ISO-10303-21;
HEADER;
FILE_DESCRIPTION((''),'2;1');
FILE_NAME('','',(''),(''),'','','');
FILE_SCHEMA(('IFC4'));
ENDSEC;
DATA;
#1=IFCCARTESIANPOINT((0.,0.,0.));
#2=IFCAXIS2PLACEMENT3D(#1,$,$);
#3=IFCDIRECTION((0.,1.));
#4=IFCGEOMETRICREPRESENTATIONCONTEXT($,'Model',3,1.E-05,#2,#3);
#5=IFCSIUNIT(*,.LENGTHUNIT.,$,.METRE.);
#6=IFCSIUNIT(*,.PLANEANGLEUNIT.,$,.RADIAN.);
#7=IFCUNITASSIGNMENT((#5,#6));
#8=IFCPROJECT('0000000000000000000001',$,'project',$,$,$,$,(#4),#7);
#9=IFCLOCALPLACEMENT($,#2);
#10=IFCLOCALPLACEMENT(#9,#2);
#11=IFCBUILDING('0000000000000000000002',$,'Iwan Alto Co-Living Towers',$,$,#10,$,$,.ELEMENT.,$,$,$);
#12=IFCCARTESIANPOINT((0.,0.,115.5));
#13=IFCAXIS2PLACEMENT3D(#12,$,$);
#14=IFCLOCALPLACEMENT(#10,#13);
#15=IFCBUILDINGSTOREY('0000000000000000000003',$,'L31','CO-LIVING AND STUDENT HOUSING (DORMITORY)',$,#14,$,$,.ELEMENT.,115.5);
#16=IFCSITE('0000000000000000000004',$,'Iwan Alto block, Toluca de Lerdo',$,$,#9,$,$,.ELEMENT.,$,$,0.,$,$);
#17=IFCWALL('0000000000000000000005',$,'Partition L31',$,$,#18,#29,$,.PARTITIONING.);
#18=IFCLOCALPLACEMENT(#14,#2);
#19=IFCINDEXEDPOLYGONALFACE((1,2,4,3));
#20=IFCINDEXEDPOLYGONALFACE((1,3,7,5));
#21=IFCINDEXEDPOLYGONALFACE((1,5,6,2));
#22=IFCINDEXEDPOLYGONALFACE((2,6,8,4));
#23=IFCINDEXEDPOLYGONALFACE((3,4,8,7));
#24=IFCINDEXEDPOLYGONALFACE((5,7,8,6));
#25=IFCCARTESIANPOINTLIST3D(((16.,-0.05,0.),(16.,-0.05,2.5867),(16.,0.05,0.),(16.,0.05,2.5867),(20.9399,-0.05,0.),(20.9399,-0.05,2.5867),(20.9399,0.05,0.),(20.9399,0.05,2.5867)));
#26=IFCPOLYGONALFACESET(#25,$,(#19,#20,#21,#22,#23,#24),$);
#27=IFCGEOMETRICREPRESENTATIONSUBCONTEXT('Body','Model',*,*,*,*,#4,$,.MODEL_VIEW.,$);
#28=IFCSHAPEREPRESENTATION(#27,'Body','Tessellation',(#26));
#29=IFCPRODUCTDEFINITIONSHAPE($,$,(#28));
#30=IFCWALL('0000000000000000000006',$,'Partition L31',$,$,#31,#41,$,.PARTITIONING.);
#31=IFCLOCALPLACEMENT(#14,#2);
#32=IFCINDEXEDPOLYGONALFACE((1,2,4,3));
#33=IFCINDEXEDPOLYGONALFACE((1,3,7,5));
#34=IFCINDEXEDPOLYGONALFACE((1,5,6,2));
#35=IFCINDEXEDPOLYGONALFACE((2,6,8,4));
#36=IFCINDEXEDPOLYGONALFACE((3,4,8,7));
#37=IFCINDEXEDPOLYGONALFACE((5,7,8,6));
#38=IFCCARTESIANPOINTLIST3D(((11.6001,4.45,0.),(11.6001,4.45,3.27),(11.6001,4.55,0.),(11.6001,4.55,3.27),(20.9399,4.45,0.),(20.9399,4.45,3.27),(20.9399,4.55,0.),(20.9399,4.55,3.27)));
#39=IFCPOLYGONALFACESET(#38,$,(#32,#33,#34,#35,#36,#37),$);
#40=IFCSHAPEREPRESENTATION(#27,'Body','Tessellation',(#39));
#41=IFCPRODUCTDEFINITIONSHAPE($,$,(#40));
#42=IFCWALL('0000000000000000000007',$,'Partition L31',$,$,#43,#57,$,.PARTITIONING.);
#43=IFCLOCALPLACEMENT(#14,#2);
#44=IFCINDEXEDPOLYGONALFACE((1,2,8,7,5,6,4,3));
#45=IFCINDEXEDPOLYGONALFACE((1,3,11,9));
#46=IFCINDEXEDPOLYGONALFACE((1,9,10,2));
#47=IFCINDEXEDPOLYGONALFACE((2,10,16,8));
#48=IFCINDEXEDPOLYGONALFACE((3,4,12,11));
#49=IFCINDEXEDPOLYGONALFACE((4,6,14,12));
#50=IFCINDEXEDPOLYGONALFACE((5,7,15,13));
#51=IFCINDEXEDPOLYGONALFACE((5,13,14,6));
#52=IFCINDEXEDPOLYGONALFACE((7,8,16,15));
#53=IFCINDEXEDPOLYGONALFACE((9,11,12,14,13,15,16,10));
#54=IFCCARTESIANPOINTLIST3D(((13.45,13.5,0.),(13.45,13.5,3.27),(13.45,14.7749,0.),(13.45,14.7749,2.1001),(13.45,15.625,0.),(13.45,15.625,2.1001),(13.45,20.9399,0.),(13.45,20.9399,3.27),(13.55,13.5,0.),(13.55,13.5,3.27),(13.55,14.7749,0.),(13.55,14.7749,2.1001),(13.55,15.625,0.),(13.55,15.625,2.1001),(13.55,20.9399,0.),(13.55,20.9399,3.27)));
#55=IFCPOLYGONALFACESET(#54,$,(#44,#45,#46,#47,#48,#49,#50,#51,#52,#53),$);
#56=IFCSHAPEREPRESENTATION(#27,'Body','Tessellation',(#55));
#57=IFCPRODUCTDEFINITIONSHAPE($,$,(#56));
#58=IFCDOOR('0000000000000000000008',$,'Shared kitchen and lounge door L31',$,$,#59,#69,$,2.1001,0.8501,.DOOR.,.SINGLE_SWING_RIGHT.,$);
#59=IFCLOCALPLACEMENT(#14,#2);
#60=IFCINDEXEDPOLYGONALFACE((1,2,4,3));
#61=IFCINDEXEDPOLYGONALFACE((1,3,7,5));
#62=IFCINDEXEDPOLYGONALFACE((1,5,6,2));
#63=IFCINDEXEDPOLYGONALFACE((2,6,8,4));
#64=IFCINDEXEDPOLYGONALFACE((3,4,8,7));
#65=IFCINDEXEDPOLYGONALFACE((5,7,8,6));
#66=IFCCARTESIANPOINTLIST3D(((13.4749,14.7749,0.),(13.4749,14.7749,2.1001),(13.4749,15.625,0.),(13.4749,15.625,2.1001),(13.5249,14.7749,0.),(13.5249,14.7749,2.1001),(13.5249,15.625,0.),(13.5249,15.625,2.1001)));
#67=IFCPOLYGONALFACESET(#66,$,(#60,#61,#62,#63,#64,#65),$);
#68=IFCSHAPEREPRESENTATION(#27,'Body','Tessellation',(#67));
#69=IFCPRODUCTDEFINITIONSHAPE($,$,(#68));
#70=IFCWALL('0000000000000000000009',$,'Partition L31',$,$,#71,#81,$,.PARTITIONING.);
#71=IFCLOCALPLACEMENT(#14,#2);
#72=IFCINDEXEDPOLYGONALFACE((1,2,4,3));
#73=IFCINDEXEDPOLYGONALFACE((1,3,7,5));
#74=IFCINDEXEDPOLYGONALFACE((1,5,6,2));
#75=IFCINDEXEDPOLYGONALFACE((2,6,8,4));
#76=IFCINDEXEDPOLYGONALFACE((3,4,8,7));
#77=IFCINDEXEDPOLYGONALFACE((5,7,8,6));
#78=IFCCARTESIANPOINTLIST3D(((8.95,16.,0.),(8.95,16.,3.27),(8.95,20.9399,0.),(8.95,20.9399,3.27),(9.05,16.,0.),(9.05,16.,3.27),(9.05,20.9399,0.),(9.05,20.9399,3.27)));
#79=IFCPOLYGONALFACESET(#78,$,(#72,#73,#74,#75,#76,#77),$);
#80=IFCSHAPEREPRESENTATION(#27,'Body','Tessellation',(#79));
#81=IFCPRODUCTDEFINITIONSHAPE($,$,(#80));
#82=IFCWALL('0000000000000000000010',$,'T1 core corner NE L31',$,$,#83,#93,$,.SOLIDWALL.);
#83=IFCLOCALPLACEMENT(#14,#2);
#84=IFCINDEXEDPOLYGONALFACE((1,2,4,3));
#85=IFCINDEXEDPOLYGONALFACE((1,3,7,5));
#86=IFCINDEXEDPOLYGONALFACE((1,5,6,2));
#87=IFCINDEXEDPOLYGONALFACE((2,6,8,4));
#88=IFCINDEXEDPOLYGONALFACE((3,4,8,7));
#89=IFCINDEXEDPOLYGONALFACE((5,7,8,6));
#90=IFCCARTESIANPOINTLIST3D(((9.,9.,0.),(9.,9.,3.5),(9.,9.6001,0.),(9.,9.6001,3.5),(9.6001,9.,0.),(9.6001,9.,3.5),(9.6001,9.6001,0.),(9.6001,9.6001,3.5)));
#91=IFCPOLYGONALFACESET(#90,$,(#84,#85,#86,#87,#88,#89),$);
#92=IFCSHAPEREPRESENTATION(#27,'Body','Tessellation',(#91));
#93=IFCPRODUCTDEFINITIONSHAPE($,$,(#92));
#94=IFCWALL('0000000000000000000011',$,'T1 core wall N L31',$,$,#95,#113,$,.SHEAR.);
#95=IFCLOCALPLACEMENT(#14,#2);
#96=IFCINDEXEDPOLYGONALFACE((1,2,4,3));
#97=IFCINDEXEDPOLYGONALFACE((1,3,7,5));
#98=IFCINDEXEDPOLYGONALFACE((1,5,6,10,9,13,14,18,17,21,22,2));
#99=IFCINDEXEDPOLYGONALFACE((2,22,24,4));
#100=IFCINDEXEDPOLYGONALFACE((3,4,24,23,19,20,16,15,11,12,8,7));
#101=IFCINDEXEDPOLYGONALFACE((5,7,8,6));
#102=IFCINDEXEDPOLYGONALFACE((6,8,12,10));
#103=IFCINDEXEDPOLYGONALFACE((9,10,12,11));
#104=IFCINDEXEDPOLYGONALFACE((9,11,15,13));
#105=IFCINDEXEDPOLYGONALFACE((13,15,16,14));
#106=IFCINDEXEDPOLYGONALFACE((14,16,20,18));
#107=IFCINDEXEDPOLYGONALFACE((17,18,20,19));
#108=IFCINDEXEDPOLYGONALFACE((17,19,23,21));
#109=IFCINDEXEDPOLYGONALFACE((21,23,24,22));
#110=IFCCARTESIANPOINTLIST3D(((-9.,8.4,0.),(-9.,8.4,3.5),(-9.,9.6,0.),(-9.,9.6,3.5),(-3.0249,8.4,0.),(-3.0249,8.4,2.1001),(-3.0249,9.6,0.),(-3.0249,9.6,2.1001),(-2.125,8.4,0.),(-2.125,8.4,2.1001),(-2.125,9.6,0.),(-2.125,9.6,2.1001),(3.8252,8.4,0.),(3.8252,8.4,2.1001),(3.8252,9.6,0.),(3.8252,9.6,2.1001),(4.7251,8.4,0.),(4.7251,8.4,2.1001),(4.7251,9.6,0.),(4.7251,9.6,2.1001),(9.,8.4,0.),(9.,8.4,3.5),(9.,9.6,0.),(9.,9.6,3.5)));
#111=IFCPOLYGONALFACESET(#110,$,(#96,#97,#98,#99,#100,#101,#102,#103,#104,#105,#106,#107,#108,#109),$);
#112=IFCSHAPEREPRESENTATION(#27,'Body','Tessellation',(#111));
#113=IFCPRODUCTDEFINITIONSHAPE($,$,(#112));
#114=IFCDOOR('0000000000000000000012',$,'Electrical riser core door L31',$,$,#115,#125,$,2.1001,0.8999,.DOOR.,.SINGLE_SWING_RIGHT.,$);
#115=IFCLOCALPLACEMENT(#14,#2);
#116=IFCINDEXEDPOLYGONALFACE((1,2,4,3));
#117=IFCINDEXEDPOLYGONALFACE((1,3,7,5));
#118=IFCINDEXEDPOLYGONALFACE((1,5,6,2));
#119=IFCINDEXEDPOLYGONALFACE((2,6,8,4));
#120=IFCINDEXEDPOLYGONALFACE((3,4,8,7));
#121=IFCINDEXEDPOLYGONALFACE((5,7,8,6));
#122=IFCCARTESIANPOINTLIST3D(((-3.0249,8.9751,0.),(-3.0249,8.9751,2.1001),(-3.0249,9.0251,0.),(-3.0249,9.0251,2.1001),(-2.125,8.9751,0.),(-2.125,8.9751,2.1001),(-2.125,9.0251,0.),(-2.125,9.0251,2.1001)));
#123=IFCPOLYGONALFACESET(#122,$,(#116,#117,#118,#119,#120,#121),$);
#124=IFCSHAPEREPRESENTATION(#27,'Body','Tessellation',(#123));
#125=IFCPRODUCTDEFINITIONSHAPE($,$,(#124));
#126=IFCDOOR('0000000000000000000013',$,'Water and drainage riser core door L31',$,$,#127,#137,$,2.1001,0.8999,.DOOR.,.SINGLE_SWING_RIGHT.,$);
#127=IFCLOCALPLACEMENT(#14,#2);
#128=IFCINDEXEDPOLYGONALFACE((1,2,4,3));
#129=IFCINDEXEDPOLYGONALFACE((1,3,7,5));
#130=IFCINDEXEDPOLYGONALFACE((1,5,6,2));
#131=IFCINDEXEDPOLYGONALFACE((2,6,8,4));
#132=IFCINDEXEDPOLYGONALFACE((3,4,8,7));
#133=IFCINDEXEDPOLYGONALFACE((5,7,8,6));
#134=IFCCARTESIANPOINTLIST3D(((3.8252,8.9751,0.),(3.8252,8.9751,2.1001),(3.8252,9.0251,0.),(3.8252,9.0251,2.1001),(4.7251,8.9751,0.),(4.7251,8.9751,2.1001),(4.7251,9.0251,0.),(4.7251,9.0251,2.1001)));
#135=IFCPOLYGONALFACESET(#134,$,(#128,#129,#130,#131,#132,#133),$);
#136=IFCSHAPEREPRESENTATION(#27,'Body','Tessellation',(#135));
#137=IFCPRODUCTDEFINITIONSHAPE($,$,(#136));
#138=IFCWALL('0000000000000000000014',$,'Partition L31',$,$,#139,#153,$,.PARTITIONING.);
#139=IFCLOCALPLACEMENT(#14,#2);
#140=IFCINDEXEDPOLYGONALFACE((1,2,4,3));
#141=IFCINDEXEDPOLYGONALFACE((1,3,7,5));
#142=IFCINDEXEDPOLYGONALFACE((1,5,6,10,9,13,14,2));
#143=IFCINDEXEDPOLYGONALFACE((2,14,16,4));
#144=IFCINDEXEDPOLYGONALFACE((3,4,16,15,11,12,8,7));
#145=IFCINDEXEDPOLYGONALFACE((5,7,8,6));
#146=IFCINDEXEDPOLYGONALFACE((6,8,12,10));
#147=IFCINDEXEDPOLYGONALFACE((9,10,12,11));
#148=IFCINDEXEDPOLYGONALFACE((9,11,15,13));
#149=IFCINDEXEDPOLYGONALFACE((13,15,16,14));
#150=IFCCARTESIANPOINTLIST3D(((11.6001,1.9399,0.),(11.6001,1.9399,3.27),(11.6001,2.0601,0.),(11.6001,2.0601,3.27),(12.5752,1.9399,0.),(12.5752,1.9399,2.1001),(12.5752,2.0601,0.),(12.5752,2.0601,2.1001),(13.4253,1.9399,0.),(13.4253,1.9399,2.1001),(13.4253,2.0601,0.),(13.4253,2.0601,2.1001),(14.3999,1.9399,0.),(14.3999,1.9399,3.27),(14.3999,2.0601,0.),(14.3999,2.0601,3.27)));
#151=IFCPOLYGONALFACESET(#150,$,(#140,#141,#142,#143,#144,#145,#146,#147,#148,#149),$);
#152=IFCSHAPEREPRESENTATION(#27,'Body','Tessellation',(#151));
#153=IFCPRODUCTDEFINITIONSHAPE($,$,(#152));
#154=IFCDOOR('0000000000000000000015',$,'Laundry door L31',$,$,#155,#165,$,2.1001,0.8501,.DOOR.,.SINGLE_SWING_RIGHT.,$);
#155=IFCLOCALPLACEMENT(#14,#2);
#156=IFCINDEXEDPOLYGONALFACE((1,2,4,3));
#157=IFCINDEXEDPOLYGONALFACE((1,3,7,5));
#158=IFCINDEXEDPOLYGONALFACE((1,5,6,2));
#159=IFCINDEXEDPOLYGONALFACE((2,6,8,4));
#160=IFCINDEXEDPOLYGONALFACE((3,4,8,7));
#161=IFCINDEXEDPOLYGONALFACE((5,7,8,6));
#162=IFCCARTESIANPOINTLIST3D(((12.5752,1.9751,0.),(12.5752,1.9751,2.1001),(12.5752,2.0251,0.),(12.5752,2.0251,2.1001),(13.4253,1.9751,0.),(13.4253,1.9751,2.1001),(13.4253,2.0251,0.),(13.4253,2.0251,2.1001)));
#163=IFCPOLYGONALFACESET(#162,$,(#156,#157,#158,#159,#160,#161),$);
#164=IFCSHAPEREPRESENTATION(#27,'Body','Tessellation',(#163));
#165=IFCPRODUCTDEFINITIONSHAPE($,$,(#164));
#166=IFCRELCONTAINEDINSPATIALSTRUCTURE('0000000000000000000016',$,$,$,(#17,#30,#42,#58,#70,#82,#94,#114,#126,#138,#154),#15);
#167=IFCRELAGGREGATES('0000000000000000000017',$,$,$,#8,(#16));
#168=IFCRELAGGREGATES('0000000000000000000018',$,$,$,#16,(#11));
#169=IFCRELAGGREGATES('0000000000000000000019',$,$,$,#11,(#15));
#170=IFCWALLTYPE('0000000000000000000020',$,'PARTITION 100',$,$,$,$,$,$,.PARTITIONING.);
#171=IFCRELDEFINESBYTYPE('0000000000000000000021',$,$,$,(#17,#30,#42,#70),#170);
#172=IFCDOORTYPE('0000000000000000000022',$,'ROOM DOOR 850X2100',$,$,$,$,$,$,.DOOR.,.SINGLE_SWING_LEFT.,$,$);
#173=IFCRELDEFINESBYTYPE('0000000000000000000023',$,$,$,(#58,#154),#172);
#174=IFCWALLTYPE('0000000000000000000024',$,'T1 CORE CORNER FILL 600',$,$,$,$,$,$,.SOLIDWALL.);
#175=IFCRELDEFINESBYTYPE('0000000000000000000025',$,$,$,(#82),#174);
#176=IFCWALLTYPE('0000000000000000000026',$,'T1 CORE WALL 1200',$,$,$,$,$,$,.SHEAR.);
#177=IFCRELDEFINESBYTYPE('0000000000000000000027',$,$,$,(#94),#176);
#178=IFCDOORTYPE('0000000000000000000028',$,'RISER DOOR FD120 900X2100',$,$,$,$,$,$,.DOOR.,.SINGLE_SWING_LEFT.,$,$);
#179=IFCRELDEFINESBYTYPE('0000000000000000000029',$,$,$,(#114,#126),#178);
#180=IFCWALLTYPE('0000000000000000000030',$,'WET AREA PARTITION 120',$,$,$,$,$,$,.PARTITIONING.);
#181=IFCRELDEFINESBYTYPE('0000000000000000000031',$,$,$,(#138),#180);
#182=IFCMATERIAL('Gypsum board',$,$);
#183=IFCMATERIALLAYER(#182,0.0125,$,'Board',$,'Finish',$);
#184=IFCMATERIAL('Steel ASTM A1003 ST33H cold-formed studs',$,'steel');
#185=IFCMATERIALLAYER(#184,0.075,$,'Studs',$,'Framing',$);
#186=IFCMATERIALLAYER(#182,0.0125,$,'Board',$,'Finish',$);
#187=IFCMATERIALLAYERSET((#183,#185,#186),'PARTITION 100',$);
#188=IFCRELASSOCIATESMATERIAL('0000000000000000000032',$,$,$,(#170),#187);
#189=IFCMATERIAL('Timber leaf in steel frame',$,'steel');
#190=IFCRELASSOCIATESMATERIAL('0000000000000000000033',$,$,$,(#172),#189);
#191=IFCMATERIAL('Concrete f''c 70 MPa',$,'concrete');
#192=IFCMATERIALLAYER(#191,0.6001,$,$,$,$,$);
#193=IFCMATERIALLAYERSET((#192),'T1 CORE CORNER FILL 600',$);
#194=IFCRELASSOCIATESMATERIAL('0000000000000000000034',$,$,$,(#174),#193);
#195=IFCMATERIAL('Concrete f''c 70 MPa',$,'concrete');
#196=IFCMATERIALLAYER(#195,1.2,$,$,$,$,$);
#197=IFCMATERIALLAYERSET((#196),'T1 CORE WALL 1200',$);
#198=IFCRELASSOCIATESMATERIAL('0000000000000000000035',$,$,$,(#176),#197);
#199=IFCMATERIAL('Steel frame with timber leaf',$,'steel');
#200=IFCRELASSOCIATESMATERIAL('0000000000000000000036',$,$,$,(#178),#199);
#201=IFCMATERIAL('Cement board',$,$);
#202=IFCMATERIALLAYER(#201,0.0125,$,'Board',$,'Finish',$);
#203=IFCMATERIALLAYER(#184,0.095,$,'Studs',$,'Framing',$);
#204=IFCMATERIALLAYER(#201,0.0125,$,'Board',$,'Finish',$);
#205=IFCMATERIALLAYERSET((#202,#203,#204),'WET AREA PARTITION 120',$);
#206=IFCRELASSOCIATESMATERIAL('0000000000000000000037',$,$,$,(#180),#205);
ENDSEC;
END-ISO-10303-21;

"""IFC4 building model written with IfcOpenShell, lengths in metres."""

from ifc_helpers import new_model, si_unit, direction, frame, frame_2d, origin, place, context, subcontext, project, spatial, rectangle, extrude, material, layer, layer_set, type_object, element, fill, save


model = new_model("IFC4")

# Units and contexts
model_context = context("Model", 3, precision=1e-05, world=origin(), true_north=direction((0.0, 1.0)))
body_context = subcontext(model_context, "Body", "Model", "MODEL_VIEW")
ifc_project = project(units=[si_unit("LENGTHUNIT", "METRE"), si_unit("PLANEANGLEUNIT", "RADIAN")], contexts=[model_context])

# Site, building, storey
site_placement = place(None, origin())
site = spatial("IfcSite", under=ifc_project, at=site_placement, Name="Iwan Alto block, Toluca de Lerdo", CompositionType="ELEMENT", RefElevation=0.0)
building_placement = place(site_placement, origin())
building = spatial("IfcBuilding", under=site, at=building_placement, Name="Iwan Alto Co-Living Towers", CompositionType="ELEMENT")
storey_placement = place(building_placement, frame((0.0, 0.0, 115.5)))
storey = spatial("IfcBuildingStorey", under=building, at=storey_placement, Name="L31", Description="CO-LIVING AND STUDENT HOUSING (DORMITORY)", CompositionType="ELEMENT", Elevation=115.5)

# Shared definitions
ifc_material_1 = material(Name="Gypsum board")
ifc_material_2 = material(Name="Steel ASTM A1003 ST33H cold-formed studs", Category="steel")

# Walls
ifc_layer_1 = layer(ifc_material_1, 0.0125, Name="Board", Category="Finish")
ifc_layer_2 = layer(ifc_material_2, 0.075, Name="Studs", Category="Framing")
ifc_layer_3 = layer(ifc_material_1, 0.0125, Name="Board", Category="Finish")
ifc_layer_set_1 = layer_set([ifc_layer_1, ifc_layer_2, ifc_layer_3], Name="PARTITION 100")
wall_type_1 = type_object("IfcWallType", Name="PARTITION 100", PredefinedType="PARTITIONING", material=ifc_layer_set_1)
wall_1_placement = place(storey_placement, frame((16.0, 0.0, 0.0), z_axis=(0.0, 0.0, 1.0), x_axis=(1.0, 0.0, 0.0)))
element("IfcWall", 1, at=wall_1_placement, inside=storey, type_object=wall_type_1, Name="Partition L31", PredefinedType="PARTITIONING", context=body_context, shape_type="SweptSolid", body=[
    extrude(rectangle(XDim=4.9399, YDim=0.1001, at=frame_2d((2.47, 0.0))), origin(), (0.0, 0.0, 1.0), 2.5867),
])
wall_2_placement = place(storey_placement, frame((11.6001, 4.5, 0.0), z_axis=(0.0, 0.0, 1.0), x_axis=(1.0, 0.0, 0.0)))
element("IfcWall", 2, at=wall_2_placement, inside=storey, type_object=wall_type_1, Name="Partition L31", PredefinedType="PARTITIONING", context=body_context, shape_type="SweptSolid", body=[
    extrude(rectangle(XDim=9.3398, YDim=0.1001, at=frame_2d((4.6699, 0.0))), origin(), (0.0, 0.0, 1.0), 3.27),
])

# Wall, opening, door
wall_3_placement = place(storey_placement, frame((13.5, 13.5, 0.0), z_axis=(0.0, 0.0, 1.0), x_axis=(0.0, 1.0, 0.0)))
wall_3 = element("IfcWall", 3, at=wall_3_placement, inside=storey, type_object=wall_type_1, Name="Partition L31", PredefinedType="PARTITIONING", context=body_context, shape_type="SweptSolid", body=[
    extrude(rectangle(XDim=7.4399, YDim=0.1001, at=frame_2d((3.72, 0.0))), origin(), (0.0, 0.0, 1.0), 3.27),
])
opening_1_placement = place(wall_3_placement, frame((1.2749, 0.0, 0.0)))
opening_1 = element("IfcOpeningElement", 4, at=opening_1_placement, cuts=wall_3, PredefinedType="OPENING", context=body_context, shape_type="SweptSolid", body=[
    extrude(rectangle(XDim=0.8501, YDim=2.1001, at=frame_2d((0.425, 1.05))), frame((0.0, 0.0601, 0.0), z_axis=(0.0, -1.0, 0.0), x_axis=(1.0, 0.0, 0.0)), (0.0, 0.0, 1.0), 0.1201),
])
ifc_material_3 = material(Name="Timber leaf in steel frame", Category="steel")
door_type_1 = type_object("IfcDoorType", Name="ROOM DOOR 850X2100", OperationType="SINGLE_SWING_LEFT", PredefinedType="DOOR", material=ifc_material_3)
door_1_placement = place(opening_1_placement, frame((0.8501, 0.0, 0.0), z_axis=(0.0, 0.0, 1.0), x_axis=(-1.0, 0.0, 0.0)))
door_1 = element("IfcDoor", 5, at=door_1_placement, inside=storey, type_object=door_type_1, Name="Shared kitchen and lounge door L31", OperationType="SINGLE_SWING_RIGHT", OverallHeight=2.1001, OverallWidth=0.8501, PredefinedType="DOOR", context=body_context, shape_type="SweptSolid", body=[
    extrude(rectangle(XDim=0.8501, YDim=2.1001, at=frame_2d((0.425, 1.05))), frame((0.0, 0.0249, 0.0), z_axis=(0.0, -1.0, 0.0), x_axis=(1.0, 0.0, 0.0)), (0.0, 0.0, 1.0), 0.05),
])
fill(opening_1, door_1)

# Walls
wall_4_placement = place(storey_placement, frame((9.0, 16.0, 0.0), z_axis=(0.0, 0.0, 1.0), x_axis=(0.0, 1.0, 0.0)))
element("IfcWall", 6, at=wall_4_placement, inside=storey, type_object=wall_type_1, Name="Partition L31", PredefinedType="PARTITIONING", context=body_context, shape_type="SweptSolid", body=[
    extrude(rectangle(XDim=4.9399, YDim=0.1001, at=frame_2d((2.47, 0.0))), origin(), (0.0, 0.0, 1.0), 3.27),
])
ifc_material_4 = material(Name="Concrete f'c 70 MPa", Category="concrete")
ifc_layer_4 = layer(ifc_material_4, 0.6001)
ifc_layer_set_2 = layer_set([ifc_layer_4], Name="T1 CORE CORNER FILL 600")
wall_type_2 = type_object("IfcWallType", Name="T1 CORE CORNER FILL 600", PredefinedType="SOLIDWALL", material=ifc_layer_set_2)
wall_5_placement = place(storey_placement, frame((9.0, 9.3, 0.0), z_axis=(0.0, 0.0, 1.0), x_axis=(1.0, 0.0, 0.0)))
element("IfcWall", 7, at=wall_5_placement, inside=storey, type_object=wall_type_2, Name="T1 core corner NE L31", PredefinedType="SOLIDWALL", context=body_context, shape_type="SweptSolid", body=[
    extrude(rectangle(XDim=0.6001, YDim=0.6001, at=frame_2d((0.3, 0.0))), origin(), (0.0, 0.0, 1.0), 3.5),
])

# Wall, openings, doors
ifc_material_5 = material(Name="Concrete f'c 70 MPa", Category="concrete")
ifc_layer_5 = layer(ifc_material_5, 1.2)
ifc_layer_set_3 = layer_set([ifc_layer_5], Name="T1 CORE WALL 1200")
wall_type_3 = type_object("IfcWallType", Name="T1 CORE WALL 1200", PredefinedType="SHEAR", material=ifc_layer_set_3)
wall_6_placement = place(storey_placement, frame((9.0, 9.0, 0.0), z_axis=(0.0, 0.0, 1.0), x_axis=(-1.0, 0.0, 0.0)))
wall_6 = element("IfcWall", 8, at=wall_6_placement, inside=storey, type_object=wall_type_3, Name="T1 core wall N L31", PredefinedType="SHEAR", context=body_context, shape_type="SweptSolid", body=[
    extrude(rectangle(XDim=18.0, YDim=1.2, at=frame_2d((9.0, 0.0))), origin(), (0.0, 0.0, 1.0), 3.5),
])
opening_2_placement = place(wall_6_placement, frame((11.125, 0.0, 0.0)))
opening_2 = element("IfcOpeningElement", 9, at=opening_2_placement, cuts=wall_6, PredefinedType="OPENING", context=body_context, shape_type="SweptSolid", body=[
    extrude(rectangle(XDim=0.8999, YDim=2.1001, at=frame_2d((0.45, 1.05))), frame((0.0, 0.6099, 0.0), z_axis=(0.0, -1.0, 0.0), x_axis=(1.0, 0.0, 0.0)), (0.0, 0.0, 1.0), 1.22),
])
opening_3_placement = place(wall_6_placement, frame((4.2749, 0.0, 0.0)))
opening_3 = element("IfcOpeningElement", 10, at=opening_3_placement, cuts=wall_6, PredefinedType="OPENING", context=body_context, shape_type="SweptSolid", body=[
    extrude(rectangle(XDim=0.8999, YDim=2.1001, at=frame_2d((0.45, 1.05))), frame((0.0, 0.6099, 0.0), z_axis=(0.0, -1.0, 0.0), x_axis=(1.0, 0.0, 0.0)), (0.0, 0.0, 1.0), 1.22),
])
ifc_material_6 = material(Name="Steel frame with timber leaf", Category="steel")
door_type_2 = type_object("IfcDoorType", Name="RISER DOOR FD120 900X2100", OperationType="SINGLE_SWING_LEFT", PredefinedType="DOOR", material=ifc_material_6)
door_2_placement = place(opening_2_placement, origin())
door_2 = element("IfcDoor", 11, at=door_2_placement, inside=storey, type_object=door_type_2, Name="Electrical riser core door L31", OperationType="SINGLE_SWING_RIGHT", OverallHeight=2.1001, OverallWidth=0.8999, PredefinedType="DOOR", context=body_context, shape_type="SweptSolid", body=[
    extrude(rectangle(XDim=0.8999, YDim=2.1001, at=frame_2d((0.45, 1.05))), frame((0.0, 0.0249, 0.0), z_axis=(0.0, -1.0, 0.0), x_axis=(1.0, 0.0, 0.0)), (0.0, 0.0, 1.0), 0.05),
])
fill(opening_2, door_2)
door_3_placement = place(opening_3_placement, origin())
door_3 = element("IfcDoor", 12, at=door_3_placement, inside=storey, type_object=door_type_2, Name="Water and drainage riser core door L31", OperationType="SINGLE_SWING_RIGHT", OverallHeight=2.1001, OverallWidth=0.8999, PredefinedType="DOOR", context=body_context, shape_type="SweptSolid", body=[
    extrude(rectangle(XDim=0.8999, YDim=2.1001, at=frame_2d((0.45, 1.05))), frame((0.0, 0.0249, 0.0), z_axis=(0.0, -1.0, 0.0), x_axis=(1.0, 0.0, 0.0)), (0.0, 0.0, 1.0), 0.05),
])
fill(opening_3, door_3)

# Wall, opening, door
ifc_material_7 = material(Name="Cement board")
ifc_layer_6 = layer(ifc_material_7, 0.0125, Name="Board", Category="Finish")
ifc_layer_7 = layer(ifc_material_2, 0.095, Name="Studs", Category="Framing")
ifc_layer_8 = layer(ifc_material_7, 0.0125, Name="Board", Category="Finish")
ifc_layer_set_4 = layer_set([ifc_layer_6, ifc_layer_7, ifc_layer_8], Name="WET AREA PARTITION 120")
wall_type_4 = type_object("IfcWallType", Name="WET AREA PARTITION 120", PredefinedType="PARTITIONING", material=ifc_layer_set_4)
wall_7_placement = place(storey_placement, frame((11.6001, 2.0, 0.0), z_axis=(0.0, 0.0, 1.0), x_axis=(1.0, 0.0, 0.0)))
wall_7 = element("IfcWall", 13, at=wall_7_placement, inside=storey, type_object=wall_type_4, Name="Partition L31", PredefinedType="PARTITIONING", context=body_context, shape_type="SweptSolid", body=[
    extrude(rectangle(XDim=2.7998, YDim=0.1201, at=frame_2d((1.3999, 0.0))), origin(), (0.0, 0.0, 1.0), 3.27),
])
opening_4_placement = place(wall_7_placement, frame((0.9751, 0.0, 0.0)))
opening_4 = element("IfcOpeningElement", 14, at=opening_4_placement, cuts=wall_7, PredefinedType="OPENING", context=body_context, shape_type="SweptSolid", body=[
    extrude(rectangle(XDim=0.8501, YDim=2.1001, at=frame_2d((0.425, 1.05))), frame((0.0, 0.0701, 0.0), z_axis=(0.0, -1.0, 0.0), x_axis=(1.0, 0.0, 0.0)), (0.0, 0.0, 1.0), 0.1401),
])
door_4_placement = place(opening_4_placement, frame((0.8501, 0.0, 0.0), z_axis=(0.0, 0.0, 1.0), x_axis=(-1.0, 0.0, 0.0)))
door_4 = element("IfcDoor", 15, at=door_4_placement, inside=storey, type_object=door_type_1, Name="Laundry door L31", OperationType="SINGLE_SWING_RIGHT", OverallHeight=2.1001, OverallWidth=0.8501, PredefinedType="DOOR", context=body_context, shape_type="SweptSolid", body=[
    extrude(rectangle(XDim=0.8501, YDim=2.1001, at=frame_2d((0.425, 1.05))), frame((0.0, 0.0249, 0.0), z_axis=(0.0, -1.0, 0.0), x_axis=(1.0, 0.0, 0.0)), (0.0, 0.0, 1.0), 0.05),
])
fill(opening_4, door_4)

save(model, "model.ifc")
